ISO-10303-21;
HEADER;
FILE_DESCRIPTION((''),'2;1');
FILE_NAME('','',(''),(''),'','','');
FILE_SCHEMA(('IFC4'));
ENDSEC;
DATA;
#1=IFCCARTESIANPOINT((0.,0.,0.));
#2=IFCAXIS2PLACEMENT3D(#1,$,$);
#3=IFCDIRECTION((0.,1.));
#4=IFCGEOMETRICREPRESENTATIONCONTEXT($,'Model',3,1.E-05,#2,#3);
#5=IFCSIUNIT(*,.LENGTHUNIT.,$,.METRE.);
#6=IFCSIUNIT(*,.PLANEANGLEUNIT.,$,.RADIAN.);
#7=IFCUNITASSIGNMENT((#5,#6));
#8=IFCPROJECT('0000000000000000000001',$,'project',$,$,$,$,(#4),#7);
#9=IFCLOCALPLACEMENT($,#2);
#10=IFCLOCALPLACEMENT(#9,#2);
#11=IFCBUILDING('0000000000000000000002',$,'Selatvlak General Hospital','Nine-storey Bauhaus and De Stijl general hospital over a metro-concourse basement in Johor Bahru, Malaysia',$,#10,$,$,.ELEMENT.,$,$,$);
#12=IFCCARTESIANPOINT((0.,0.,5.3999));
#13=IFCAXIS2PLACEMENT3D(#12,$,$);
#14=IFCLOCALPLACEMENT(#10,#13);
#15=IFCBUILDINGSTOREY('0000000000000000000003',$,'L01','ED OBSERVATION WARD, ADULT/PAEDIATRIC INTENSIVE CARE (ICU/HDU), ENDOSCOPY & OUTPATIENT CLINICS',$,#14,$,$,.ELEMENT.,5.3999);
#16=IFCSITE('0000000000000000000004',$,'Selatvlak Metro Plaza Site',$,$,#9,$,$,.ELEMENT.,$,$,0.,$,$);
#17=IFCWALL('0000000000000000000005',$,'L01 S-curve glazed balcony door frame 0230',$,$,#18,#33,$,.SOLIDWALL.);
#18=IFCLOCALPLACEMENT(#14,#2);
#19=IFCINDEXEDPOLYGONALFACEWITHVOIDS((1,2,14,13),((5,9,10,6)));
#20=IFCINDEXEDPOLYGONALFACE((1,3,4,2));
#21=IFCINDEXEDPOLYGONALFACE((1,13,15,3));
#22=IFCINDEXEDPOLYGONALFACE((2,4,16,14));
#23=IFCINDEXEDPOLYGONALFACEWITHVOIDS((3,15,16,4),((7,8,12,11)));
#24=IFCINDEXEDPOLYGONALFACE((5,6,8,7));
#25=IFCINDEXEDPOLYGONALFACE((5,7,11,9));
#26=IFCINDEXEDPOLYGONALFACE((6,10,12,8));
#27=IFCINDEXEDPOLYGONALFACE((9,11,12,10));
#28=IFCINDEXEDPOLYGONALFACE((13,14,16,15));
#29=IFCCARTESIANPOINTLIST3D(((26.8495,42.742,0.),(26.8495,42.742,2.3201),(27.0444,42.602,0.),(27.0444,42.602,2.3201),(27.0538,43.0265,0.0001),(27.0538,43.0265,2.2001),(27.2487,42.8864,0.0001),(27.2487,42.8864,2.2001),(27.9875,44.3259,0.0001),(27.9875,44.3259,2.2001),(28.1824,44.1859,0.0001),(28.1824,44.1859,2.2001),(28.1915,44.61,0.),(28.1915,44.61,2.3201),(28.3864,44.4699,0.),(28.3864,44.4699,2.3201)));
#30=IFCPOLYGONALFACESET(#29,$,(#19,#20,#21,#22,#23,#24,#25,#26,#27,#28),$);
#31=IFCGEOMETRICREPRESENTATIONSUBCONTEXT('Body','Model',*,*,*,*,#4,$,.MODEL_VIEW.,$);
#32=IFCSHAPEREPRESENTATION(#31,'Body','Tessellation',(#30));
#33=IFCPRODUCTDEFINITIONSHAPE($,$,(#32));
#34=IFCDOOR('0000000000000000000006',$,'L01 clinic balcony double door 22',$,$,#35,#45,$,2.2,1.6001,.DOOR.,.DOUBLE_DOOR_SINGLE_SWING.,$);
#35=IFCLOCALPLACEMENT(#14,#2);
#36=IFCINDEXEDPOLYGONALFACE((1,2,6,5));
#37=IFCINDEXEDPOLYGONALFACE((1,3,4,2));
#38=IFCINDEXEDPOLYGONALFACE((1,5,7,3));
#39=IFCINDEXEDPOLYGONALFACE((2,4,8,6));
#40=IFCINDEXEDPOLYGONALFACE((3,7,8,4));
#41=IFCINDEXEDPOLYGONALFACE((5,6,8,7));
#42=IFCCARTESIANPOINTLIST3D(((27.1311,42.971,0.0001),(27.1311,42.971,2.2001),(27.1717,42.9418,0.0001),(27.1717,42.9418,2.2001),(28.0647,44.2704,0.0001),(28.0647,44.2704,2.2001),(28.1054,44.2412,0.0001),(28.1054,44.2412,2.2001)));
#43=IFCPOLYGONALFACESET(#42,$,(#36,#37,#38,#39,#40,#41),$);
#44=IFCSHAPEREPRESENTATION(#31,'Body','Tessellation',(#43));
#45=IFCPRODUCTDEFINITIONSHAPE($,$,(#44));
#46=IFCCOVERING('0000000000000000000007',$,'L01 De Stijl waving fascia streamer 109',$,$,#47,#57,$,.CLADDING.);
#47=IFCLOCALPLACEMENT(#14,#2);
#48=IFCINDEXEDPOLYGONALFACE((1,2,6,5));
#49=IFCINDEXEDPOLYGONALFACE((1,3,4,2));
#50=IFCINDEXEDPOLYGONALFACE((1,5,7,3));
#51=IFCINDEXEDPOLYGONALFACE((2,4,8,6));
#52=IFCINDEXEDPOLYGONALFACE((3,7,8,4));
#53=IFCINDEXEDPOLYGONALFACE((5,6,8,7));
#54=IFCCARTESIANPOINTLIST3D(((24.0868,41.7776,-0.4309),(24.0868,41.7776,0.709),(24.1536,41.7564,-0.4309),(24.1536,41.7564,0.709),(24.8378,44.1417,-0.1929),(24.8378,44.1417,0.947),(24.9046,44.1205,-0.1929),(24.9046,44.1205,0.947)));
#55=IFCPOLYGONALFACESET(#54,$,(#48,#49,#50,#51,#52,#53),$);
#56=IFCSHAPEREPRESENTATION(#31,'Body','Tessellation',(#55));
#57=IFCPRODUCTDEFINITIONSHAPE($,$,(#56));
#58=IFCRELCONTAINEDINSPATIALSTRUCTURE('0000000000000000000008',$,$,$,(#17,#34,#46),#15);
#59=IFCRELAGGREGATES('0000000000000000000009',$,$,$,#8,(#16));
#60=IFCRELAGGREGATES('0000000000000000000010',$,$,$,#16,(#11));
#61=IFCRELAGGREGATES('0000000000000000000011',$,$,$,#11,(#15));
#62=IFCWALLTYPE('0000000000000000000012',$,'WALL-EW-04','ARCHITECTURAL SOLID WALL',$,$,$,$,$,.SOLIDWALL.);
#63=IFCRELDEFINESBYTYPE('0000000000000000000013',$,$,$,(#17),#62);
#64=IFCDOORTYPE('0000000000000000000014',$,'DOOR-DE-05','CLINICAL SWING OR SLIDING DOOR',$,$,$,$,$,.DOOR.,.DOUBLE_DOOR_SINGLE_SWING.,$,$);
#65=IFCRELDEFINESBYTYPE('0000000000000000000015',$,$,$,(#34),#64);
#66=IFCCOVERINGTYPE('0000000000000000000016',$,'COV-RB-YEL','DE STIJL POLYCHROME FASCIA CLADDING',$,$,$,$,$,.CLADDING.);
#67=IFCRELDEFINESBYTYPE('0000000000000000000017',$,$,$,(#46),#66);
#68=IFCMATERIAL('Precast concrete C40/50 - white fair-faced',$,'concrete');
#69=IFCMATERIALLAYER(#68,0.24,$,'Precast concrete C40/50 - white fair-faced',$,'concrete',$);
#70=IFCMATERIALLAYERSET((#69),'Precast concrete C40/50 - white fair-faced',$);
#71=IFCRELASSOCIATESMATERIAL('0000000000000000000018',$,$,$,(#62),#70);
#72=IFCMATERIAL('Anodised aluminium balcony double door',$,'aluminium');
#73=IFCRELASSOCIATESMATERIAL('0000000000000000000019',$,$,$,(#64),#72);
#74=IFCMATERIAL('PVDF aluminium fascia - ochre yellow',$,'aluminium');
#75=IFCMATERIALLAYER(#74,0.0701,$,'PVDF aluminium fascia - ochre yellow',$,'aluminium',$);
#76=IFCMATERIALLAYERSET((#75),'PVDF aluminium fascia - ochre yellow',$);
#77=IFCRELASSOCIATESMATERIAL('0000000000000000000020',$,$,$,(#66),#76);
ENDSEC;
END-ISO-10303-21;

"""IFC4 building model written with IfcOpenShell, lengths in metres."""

from ifc_helpers import new_model, si_unit, direction, frame, frame_2d, origin, place, context, subcontext, project, spatial, polyline, rectangle, outline, extrude, material, layer, layer_set, type_object, element, fill, save


model = new_model("IFC4")

# Units and contexts
model_context = context("Model", 3, precision=1e-05, world=origin(), true_north=direction((0.0, 1.0)))
body_context = subcontext(model_context, "Body", "Model", "MODEL_VIEW")
ifc_project = project(units=[si_unit("LENGTHUNIT", "METRE"), si_unit("PLANEANGLEUNIT", "RADIAN")], contexts=[model_context])

# Site, building, storey
site_placement = place(None, origin())
site = spatial("IfcSite", under=ifc_project, at=site_placement, Name="Selatvlak Metro Plaza Site", CompositionType="ELEMENT", RefElevation=0.0)
building_placement = place(site_placement, origin())
building = spatial("IfcBuilding", under=site, at=building_placement, Name="Selatvlak General Hospital", Description="Nine-storey Bauhaus and De Stijl general hospital over a metro-concourse basement in Johor Bahru, Malaysia", CompositionType="ELEMENT")
storey_placement = place(building_placement, frame((0.0, 0.0, 5.3999)))
storey = spatial("IfcBuildingStorey", under=building, at=storey_placement, Name="L01", Description="ED OBSERVATION WARD, ADULT/PAEDIATRIC INTENSIVE CARE (ICU/HDU), ENDOSCOPY & OUTPATIENT CLINICS", CompositionType="ELEMENT", Elevation=5.3999)

# Wall, opening, door
ifc_material_1 = material(Name="Precast concrete C40/50 - white fair-faced", Category="concrete")
ifc_layer_1 = layer(ifc_material_1, 0.24, Name="Precast concrete C40/50 - white fair-faced", Category="concrete")
ifc_layer_set_1 = layer_set([ifc_layer_1], Name="Precast concrete C40/50 - white fair-faced")
wall_type = type_object("IfcWallType", Name="WALL-EW-04", Description="ARCHITECTURAL SOLID WALL", PredefinedType="SOLIDWALL", material=ifc_layer_set_1)
wall_placement = place(storey_placement, frame((26.947, 42.6721, 0.0), z_axis=(0.0, 0.0, 1.0), x_axis=(0.583485, 0.812124, 0.0)))
wall = element("IfcWall", 1, at=wall_placement, inside=storey, type_object=wall_type, Name="L01 S-curve glazed balcony door frame 0230", PredefinedType="SOLIDWALL", context=body_context, shape_type="SweptSolid", body=[
    extrude(rectangle(XDim=2.3, YDim=0.24, at=frame_2d((1.1499, 0.0))), origin(), (0.0, 0.0, 1.0), 2.3201),
])
opening_placement = place(wall_placement, frame((0.3501, 0.0, 0.0)))
opening = element("IfcOpeningElement", 2, at=opening_placement, cuts=wall, PredefinedType="OPENING", context=body_context, shape_type="SweptSolid", body=[
    extrude(rectangle(XDim=1.6001, YDim=2.2, at=frame_2d((0.8, 1.1001))), frame((0.0, 0.1299, 0.0), z_axis=(0.0, -1.0, 0.0), x_axis=(1.0, 0.0, 0.0)), (0.0, 0.0, 1.0), 0.26),
])
ifc_material_2 = material(Name="Anodised aluminium balcony double door", Category="aluminium")
door_type = type_object("IfcDoorType", Name="DOOR-DE-05", Description="CLINICAL SWING OR SLIDING DOOR", OperationType="DOUBLE_DOOR_SINGLE_SWING", PredefinedType="DOOR", material=ifc_material_2)
door_placement = place(opening_placement, origin())
door = element("IfcDoor", 3, at=door_placement, inside=storey, type_object=door_type, Name="L01 clinic balcony double door 22", OperationType="DOUBLE_DOOR_SINGLE_SWING", OverallHeight=2.2, OverallWidth=1.6001, PredefinedType="DOOR", context=body_context, shape_type="SweptSolid", body=[
    extrude(rectangle(XDim=1.6001, YDim=2.2, at=frame_2d((0.8, 1.1001))), frame((0.0, 0.0249, 0.0), z_axis=(0.0, -1.0, 0.0), x_axis=(1.0, 0.0, 0.0)), (0.0, 0.0, 1.0), 0.05),
])
fill(opening, door)

# Covering
ifc_material_3 = material(Name="PVDF aluminium fascia - ochre yellow", Category="aluminium")
ifc_layer_2 = layer(ifc_material_3, 0.0701, Name="PVDF aluminium fascia - ochre yellow", Category="aluminium")
ifc_layer_set_2 = layer_set([ifc_layer_2], Name="PVDF aluminium fascia - ochre yellow")
covering_type = type_object("IfcCoveringType", Name="COV-RB-YEL", Description="DE STIJL POLYCHROME FASCIA CLADDING", PredefinedType="CLADDING", material=ifc_layer_set_2)
covering_placement = place(storey_placement, frame((24.8711, 44.1311, -0.1929), z_axis=(0.0, 0.0, 1.0), x_axis=(-0.302761, -0.953067, 0.0)))
element("IfcCovering", 4, at=covering_placement, inside=storey, type_object=covering_type, Name="L01 De Stijl waving fascia streamer 109", PredefinedType="CLADDING", context=body_context, shape_type="SweptSolid", body=[
    extrude(outline(polyline([(0.0, 0.0), (2.4805, -0.238), (2.4805, 0.9019), (0.0, 1.1399), (0.0, 0.0)])), frame((0.0, 0.0352, 0.0), z_axis=(0.0, -1.0, 0.0), x_axis=(1.0, 0.0, 0.0)), (0.0, 0.0, 1.0), 0.0701),
])

save(model, "model.ifc")
